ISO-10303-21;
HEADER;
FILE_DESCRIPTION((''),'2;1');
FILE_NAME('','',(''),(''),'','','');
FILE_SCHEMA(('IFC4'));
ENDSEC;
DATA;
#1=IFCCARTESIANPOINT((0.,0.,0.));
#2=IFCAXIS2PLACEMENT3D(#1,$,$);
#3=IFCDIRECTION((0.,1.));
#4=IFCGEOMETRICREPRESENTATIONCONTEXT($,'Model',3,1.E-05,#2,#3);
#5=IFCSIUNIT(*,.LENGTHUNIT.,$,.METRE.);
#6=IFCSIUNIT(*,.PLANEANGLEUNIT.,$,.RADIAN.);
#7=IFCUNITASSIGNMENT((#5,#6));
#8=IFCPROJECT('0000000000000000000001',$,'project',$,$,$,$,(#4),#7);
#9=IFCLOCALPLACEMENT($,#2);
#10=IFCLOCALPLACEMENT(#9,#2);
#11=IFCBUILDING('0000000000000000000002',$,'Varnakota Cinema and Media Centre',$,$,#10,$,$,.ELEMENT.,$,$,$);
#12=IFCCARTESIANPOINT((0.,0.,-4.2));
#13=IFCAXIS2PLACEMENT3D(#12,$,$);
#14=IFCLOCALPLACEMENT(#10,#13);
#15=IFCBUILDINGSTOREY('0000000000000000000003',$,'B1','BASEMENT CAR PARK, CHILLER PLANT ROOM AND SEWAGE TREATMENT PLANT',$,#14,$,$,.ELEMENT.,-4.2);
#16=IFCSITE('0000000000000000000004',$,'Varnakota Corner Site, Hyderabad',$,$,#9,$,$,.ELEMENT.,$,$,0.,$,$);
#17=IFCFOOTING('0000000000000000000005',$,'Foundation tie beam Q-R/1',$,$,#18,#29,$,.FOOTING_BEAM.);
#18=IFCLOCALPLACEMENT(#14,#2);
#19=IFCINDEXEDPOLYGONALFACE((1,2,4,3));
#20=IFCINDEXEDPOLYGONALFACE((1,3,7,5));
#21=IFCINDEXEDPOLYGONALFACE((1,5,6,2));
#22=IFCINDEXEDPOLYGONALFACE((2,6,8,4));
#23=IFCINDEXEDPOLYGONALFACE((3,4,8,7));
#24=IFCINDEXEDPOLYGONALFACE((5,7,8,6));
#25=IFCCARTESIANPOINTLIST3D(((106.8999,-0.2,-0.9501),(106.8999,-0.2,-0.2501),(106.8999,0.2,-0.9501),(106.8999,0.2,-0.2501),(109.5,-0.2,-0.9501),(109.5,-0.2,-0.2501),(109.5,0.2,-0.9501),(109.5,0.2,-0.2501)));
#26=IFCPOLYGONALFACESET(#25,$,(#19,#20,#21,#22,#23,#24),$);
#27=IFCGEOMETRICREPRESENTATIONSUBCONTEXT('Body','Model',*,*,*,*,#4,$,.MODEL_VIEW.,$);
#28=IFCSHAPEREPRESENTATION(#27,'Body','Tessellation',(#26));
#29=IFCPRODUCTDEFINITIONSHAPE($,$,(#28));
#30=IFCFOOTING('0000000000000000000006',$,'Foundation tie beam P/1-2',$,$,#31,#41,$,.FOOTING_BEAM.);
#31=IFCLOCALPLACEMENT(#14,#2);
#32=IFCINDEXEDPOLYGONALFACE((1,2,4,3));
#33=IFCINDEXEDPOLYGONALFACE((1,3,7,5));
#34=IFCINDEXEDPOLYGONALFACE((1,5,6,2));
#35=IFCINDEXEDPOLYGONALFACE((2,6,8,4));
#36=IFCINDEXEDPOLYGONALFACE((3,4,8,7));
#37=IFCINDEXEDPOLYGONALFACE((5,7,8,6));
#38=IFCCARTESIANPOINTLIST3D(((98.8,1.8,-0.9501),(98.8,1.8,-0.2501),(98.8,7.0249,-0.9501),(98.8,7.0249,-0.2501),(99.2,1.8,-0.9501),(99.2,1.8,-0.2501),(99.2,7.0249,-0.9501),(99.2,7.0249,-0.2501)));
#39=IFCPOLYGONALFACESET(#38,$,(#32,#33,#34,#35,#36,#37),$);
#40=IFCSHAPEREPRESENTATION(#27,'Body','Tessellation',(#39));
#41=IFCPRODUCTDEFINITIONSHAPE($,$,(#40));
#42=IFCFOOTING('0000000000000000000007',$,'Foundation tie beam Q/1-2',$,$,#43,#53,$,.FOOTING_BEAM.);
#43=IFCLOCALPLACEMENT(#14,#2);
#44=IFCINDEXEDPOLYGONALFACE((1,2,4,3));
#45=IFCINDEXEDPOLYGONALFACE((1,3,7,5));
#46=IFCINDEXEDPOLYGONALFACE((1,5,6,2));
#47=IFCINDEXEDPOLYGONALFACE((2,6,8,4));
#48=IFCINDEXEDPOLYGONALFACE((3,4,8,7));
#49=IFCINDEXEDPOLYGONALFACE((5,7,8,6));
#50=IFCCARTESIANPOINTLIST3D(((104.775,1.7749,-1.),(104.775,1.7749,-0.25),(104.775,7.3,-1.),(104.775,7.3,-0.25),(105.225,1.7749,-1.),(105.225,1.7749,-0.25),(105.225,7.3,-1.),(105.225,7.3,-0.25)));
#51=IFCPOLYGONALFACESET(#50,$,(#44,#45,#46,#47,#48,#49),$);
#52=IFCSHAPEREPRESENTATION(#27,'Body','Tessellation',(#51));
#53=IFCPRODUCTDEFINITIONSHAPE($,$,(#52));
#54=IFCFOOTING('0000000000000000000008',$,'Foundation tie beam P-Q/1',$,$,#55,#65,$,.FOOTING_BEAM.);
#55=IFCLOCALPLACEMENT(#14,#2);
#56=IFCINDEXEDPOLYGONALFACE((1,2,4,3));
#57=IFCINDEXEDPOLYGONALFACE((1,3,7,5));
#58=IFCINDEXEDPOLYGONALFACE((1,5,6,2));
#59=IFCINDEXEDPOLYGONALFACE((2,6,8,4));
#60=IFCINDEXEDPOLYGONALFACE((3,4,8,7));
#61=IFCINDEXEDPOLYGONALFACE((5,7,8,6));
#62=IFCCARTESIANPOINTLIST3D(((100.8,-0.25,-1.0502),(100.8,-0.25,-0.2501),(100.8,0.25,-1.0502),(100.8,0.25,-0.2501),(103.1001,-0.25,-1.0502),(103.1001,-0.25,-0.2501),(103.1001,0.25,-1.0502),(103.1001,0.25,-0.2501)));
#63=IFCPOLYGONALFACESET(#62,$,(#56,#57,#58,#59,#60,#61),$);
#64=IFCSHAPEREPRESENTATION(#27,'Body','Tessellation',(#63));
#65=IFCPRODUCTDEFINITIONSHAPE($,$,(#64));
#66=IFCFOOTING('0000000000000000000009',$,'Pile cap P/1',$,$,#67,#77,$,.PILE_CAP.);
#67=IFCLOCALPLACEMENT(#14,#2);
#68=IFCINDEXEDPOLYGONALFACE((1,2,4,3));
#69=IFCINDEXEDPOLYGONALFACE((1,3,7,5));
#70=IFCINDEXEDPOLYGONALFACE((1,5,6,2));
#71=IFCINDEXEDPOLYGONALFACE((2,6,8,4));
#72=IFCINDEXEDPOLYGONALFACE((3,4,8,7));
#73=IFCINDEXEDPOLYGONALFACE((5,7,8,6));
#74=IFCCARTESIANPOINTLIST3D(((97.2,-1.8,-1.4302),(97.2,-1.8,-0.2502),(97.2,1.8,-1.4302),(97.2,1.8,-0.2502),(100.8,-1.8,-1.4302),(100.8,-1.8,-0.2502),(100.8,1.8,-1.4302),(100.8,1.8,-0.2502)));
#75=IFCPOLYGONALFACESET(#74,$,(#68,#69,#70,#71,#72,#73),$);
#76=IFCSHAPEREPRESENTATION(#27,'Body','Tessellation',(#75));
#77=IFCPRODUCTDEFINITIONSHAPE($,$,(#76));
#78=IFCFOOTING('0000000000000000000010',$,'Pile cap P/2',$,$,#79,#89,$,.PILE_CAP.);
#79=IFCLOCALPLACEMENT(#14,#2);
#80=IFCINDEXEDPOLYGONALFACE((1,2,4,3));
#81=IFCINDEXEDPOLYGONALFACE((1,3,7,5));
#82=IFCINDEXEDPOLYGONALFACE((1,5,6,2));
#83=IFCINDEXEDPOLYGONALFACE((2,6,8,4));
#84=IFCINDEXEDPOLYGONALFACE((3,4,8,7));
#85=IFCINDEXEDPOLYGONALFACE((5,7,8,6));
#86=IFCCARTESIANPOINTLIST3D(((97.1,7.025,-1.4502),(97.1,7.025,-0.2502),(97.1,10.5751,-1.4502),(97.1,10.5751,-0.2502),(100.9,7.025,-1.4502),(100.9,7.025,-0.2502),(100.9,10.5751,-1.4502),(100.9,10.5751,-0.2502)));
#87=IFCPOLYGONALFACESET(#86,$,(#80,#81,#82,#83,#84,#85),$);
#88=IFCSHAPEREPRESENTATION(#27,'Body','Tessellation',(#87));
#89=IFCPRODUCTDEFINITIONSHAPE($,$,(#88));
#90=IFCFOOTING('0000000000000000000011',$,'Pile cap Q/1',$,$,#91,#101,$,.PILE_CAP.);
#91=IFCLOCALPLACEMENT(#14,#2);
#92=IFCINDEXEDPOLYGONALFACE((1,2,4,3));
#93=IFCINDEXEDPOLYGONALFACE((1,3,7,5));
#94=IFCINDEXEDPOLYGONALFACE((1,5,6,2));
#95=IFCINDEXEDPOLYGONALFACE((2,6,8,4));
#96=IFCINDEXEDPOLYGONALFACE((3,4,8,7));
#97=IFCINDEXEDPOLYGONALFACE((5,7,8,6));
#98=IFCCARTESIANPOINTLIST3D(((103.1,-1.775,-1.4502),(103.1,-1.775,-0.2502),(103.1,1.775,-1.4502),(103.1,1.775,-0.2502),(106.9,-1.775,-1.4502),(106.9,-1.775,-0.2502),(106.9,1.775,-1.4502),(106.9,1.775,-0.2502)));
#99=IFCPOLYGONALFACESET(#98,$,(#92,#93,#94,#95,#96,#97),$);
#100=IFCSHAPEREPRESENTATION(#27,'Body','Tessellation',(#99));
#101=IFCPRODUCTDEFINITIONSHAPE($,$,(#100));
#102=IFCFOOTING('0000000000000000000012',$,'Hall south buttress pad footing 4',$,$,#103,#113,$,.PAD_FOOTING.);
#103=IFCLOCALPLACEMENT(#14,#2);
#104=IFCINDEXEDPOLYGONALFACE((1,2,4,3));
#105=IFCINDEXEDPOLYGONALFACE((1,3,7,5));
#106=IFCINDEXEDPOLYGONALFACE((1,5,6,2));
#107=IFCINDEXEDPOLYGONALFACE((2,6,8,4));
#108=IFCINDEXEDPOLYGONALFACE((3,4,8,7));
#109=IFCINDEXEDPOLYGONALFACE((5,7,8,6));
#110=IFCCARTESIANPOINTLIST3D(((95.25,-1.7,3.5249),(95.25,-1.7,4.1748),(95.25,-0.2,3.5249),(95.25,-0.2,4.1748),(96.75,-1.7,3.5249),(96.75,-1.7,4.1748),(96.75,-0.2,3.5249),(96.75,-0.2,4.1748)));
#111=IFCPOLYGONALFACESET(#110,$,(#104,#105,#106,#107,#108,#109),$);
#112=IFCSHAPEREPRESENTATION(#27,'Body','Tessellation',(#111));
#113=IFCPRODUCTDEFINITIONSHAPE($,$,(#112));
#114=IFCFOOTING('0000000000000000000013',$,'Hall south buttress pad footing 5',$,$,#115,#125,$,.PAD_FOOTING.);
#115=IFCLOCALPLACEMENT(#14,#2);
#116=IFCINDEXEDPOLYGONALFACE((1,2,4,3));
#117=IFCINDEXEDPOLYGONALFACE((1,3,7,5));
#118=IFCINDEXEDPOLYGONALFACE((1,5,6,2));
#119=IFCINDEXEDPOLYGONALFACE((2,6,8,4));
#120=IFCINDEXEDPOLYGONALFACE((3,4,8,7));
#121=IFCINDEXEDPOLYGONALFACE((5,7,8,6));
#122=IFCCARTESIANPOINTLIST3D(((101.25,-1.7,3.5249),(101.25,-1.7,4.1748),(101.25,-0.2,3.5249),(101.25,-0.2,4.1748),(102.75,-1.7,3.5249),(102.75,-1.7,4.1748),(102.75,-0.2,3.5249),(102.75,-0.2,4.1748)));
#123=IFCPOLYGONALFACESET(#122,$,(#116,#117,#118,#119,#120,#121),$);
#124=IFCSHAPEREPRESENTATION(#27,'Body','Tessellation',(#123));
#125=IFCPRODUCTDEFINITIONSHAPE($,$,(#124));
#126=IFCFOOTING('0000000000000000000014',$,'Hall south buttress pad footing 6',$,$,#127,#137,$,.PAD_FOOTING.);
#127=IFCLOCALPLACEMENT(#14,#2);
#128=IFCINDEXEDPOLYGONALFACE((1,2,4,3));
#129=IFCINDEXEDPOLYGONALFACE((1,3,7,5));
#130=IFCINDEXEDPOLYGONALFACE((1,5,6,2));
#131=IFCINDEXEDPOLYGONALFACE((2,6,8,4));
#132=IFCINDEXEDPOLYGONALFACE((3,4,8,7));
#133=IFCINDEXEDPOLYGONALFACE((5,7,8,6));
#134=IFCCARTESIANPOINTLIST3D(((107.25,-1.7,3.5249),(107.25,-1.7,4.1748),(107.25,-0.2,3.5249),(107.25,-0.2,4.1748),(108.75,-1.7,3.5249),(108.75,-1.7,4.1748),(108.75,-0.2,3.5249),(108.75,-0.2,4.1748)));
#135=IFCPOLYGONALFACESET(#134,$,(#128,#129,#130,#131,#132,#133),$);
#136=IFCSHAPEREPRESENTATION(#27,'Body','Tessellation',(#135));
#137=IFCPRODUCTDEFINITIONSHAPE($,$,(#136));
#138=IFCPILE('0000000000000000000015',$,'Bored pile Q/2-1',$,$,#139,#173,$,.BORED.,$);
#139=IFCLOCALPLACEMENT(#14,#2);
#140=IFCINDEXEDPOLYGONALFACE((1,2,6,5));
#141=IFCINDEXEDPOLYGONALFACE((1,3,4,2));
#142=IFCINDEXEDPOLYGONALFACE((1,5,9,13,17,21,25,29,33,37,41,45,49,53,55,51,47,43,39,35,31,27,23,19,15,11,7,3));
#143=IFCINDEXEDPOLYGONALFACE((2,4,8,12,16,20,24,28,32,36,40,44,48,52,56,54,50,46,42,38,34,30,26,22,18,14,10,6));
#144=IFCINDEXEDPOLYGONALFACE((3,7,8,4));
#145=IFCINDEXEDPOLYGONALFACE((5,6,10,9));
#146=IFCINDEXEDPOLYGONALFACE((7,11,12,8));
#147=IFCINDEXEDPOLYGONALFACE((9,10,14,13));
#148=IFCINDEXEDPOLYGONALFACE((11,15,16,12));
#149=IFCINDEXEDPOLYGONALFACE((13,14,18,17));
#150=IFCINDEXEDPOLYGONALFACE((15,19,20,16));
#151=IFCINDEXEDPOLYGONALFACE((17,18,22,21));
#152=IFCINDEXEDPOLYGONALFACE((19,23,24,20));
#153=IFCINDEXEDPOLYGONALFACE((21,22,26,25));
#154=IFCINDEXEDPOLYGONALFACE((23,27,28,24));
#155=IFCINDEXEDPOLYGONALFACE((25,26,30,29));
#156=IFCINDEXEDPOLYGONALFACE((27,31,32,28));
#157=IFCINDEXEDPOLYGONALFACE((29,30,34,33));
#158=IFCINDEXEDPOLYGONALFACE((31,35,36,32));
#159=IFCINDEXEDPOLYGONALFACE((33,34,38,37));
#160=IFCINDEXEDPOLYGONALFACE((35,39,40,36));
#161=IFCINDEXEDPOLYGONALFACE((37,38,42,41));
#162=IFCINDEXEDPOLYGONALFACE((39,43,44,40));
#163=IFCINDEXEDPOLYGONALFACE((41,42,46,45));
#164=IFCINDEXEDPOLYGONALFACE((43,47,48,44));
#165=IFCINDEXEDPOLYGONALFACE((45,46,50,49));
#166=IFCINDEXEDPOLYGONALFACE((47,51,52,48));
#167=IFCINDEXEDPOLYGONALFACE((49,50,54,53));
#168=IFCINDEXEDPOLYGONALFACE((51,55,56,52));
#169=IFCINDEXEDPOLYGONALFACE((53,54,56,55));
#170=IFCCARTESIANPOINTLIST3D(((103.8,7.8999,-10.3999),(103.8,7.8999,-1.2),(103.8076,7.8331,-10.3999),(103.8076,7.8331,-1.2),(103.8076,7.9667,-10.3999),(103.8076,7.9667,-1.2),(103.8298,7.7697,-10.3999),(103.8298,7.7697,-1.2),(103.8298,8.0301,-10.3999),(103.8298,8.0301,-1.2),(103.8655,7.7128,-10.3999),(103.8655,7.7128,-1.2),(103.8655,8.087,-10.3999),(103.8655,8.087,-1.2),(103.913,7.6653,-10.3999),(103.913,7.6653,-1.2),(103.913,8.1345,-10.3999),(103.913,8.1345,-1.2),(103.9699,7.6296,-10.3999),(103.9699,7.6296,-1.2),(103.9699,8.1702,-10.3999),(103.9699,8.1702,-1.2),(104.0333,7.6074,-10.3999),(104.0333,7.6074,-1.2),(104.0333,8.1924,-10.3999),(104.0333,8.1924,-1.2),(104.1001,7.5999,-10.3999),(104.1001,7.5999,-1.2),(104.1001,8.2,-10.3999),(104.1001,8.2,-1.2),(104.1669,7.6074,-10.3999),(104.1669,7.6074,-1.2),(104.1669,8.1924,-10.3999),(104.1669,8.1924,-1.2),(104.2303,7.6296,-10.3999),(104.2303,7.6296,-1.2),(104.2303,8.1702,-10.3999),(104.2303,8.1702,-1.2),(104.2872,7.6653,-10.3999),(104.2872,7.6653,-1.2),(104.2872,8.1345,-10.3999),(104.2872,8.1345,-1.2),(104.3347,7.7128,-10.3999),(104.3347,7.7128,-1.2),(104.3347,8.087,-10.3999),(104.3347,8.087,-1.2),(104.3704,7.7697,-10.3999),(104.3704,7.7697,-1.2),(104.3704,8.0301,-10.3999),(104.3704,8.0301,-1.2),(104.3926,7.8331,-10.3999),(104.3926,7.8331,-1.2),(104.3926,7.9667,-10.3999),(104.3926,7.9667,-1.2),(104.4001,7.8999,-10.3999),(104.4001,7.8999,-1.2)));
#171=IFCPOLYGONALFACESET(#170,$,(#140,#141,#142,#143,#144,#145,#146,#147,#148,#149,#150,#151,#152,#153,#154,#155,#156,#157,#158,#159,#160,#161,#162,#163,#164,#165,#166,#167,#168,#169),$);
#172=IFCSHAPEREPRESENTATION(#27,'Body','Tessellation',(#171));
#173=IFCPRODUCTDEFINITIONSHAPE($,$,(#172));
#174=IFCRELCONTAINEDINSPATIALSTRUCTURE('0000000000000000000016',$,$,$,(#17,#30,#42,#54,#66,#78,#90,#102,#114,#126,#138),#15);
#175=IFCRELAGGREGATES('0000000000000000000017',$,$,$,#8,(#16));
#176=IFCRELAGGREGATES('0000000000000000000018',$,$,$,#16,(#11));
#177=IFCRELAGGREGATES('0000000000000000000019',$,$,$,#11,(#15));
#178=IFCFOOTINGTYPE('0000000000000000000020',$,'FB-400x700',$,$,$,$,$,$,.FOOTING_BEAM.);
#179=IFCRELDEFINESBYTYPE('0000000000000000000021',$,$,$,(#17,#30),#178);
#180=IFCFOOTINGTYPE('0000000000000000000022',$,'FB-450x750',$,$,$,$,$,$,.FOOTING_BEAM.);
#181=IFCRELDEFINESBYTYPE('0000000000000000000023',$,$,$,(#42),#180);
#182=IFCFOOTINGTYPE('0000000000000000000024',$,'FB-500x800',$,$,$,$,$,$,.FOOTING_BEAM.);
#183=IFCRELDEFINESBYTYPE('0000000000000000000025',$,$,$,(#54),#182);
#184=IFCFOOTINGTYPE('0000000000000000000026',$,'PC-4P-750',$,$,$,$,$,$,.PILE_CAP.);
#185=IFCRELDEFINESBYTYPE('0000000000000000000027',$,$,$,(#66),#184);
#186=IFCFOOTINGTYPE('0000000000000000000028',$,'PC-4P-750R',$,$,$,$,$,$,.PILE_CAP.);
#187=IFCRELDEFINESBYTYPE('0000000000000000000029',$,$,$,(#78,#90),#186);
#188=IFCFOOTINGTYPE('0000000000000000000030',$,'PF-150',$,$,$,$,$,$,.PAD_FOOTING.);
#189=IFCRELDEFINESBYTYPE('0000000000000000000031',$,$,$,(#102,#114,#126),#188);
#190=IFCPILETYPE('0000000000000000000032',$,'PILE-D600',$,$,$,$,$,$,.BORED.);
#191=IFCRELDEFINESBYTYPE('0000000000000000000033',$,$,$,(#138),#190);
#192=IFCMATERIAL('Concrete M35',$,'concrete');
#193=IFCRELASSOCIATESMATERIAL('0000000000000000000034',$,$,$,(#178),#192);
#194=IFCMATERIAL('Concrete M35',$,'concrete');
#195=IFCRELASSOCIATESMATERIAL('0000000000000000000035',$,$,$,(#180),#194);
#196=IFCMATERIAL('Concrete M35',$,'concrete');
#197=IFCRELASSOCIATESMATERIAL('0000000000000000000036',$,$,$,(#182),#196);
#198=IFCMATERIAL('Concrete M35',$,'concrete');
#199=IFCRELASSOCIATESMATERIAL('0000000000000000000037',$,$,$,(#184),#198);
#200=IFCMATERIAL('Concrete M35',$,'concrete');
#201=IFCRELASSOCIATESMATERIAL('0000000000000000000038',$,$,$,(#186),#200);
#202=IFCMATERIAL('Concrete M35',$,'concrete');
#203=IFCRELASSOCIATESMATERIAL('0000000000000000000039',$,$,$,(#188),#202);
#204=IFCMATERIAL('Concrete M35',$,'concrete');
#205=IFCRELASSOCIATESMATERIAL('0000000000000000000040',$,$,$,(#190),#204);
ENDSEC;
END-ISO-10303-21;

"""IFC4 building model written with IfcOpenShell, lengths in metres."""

from ifc_helpers import new_model, si_unit, direction, frame, origin, origin_2d, place, context, subcontext, project, spatial, rectangle, circle, extrude, material, material_profile, profile_set, type_object, element, save


model = new_model("IFC4")

# Units and contexts
model_context = context("Model", 3, precision=1e-05, world=origin(), true_north=direction((0.0, 1.0)))
body_context = subcontext(model_context, "Body", "Model", "MODEL_VIEW")
ifc_project = project(units=[si_unit("LENGTHUNIT", "METRE"), si_unit("PLANEANGLEUNIT", "RADIAN")], contexts=[model_context])

# Site, building, storey
site_placement = place(None, origin())
site = spatial("IfcSite", under=ifc_project, at=site_placement, Name="Varnakota Corner Site, Hyderabad", CompositionType="ELEMENT", RefElevation=0.0)
building_placement = place(site_placement, origin())
building = spatial("IfcBuilding", under=site, at=building_placement, Name="Varnakota Cinema and Media Centre", CompositionType="ELEMENT")
storey_placement = place(building_placement, frame((0.0, 0.0, -4.2)))
storey = spatial("IfcBuildingStorey", under=building, at=storey_placement, Name="B1", Description="BASEMENT CAR PARK, CHILLER PLANT ROOM AND SEWAGE TREATMENT PLANT", CompositionType="ELEMENT", Elevation=-4.2)

# Footings
ifc_material_1 = material(Name="Concrete M35", Category="concrete")
ifc_material_profile_1 = material_profile(ifc_material_1, rectangle(XDim=0.3999, YDim=0.7, at=origin_2d()), Name="FB 400x700")
ifc_profile_set_1 = profile_set([ifc_material_profile_1], Name="Concrete M35")
footing_type_1 = type_object("IfcFootingType", Name="FB-400x700", PredefinedType="FOOTING_BEAM", material=ifc_profile_set_1)
footing_1_placement = place(storey_placement, frame((106.8999, 0.0, -0.6001), z_axis=(1.0, 0.0, 0.0), x_axis=(0.0, 1.0, 0.0)))
element("IfcFooting", 1, at=footing_1_placement, inside=storey, type_object=footing_type_1, Name="Foundation tie beam Q-R/1", PredefinedType="FOOTING_BEAM", context=body_context, shape_type="SweptSolid", body=[
    extrude(rectangle(XDim=0.3999, YDim=0.7, at=origin_2d()), origin(), (0.0, 0.0, 1.0), 2.6001),
])
footing_2_placement = place(storey_placement, frame((99.0, 1.8, -0.6001), z_axis=(0.0, 1.0, 0.0), x_axis=(-1.0, 0.0, 0.0)))
element("IfcFooting", 2, at=footing_2_placement, inside=storey, type_object=footing_type_1, Name="Foundation tie beam P/1-2", PredefinedType="FOOTING_BEAM", context=body_context, shape_type="SweptSolid", body=[
    extrude(rectangle(XDim=0.3999, YDim=0.7, at=origin_2d()), origin(), (0.0, 0.0, 1.0), 5.2249),
])
ifc_material_2 = material(Name="Concrete M35", Category="concrete")
ifc_material_profile_2 = material_profile(ifc_material_2, rectangle(XDim=0.45, YDim=0.75, at=origin_2d()), Name="FB 450x750")
ifc_profile_set_2 = profile_set([ifc_material_profile_2], Name="Concrete M35")
footing_type_2 = type_object("IfcFootingType", Name="FB-450x750", PredefinedType="FOOTING_BEAM", material=ifc_profile_set_2)
footing_3_placement = place(storey_placement, frame((105.0, 1.7749, -0.625), z_axis=(0.0, 1.0, 0.0), x_axis=(-1.0, 0.0, 0.0)))
element("IfcFooting", 3, at=footing_3_placement, inside=storey, type_object=footing_type_2, Name="Foundation tie beam Q/1-2", PredefinedType="FOOTING_BEAM", context=body_context, shape_type="SweptSolid", body=[
    extrude(rectangle(XDim=0.45, YDim=0.75, at=origin_2d()), origin(), (0.0, 0.0, 1.0), 5.5251),
])
ifc_material_3 = material(Name="Concrete M35", Category="concrete")
ifc_material_profile_3 = material_profile(ifc_material_3, rectangle(XDim=0.5, YDim=0.8, at=origin_2d()), Name="FB 500x800")
ifc_profile_set_3 = profile_set([ifc_material_profile_3], Name="Concrete M35")
footing_type_3 = type_object("IfcFootingType", Name="FB-500x800", PredefinedType="FOOTING_BEAM", material=ifc_profile_set_3)
footing_4_placement = place(storey_placement, frame((100.8, 0.0, -0.6501), z_axis=(1.0, 0.0, 0.0), x_axis=(0.0, 1.0, 0.0)))
element("IfcFooting", 4, at=footing_4_placement, inside=storey, type_object=footing_type_3, Name="Foundation tie beam P-Q/1", PredefinedType="FOOTING_BEAM", context=body_context, shape_type="SweptSolid", body=[
    extrude(rectangle(XDim=0.5, YDim=0.8, at=origin_2d()), origin(), (0.0, 0.0, 1.0), 2.3),
])
ifc_material_4 = material(Name="Concrete M35", Category="concrete")
footing_type_4 = type_object("IfcFootingType", Name="PC-4P-750", PredefinedType="PILE_CAP", material=ifc_material_4)
footing_5_placement = place(storey_placement, frame((99.0, 0.0, -1.4302), z_axis=(0.0, 0.0, 1.0), x_axis=(1.0, 0.0, 0.0)))
element("IfcFooting", 5, at=footing_5_placement, inside=storey, type_object=footing_type_4, Name="Pile cap P/1", PredefinedType="PILE_CAP", context=body_context, shape_type="SweptSolid", body=[
    extrude(rectangle(XDim=3.6001, YDim=3.6001, at=origin_2d()), origin(), (0.0, 0.0, 1.0), 1.1799),
])
ifc_material_5 = material(Name="Concrete M35", Category="concrete")
footing_type_5 = type_object("IfcFootingType", Name="PC-4P-750R", PredefinedType="PILE_CAP", material=ifc_material_5)
for number, where, z_axis, x_axis, name in (
    (6, (99.0, 8.8, -1.4502), (0.0, 0.0, 1.0), (1.0, 0.0, 0.0), "Pile cap P/2"),
    (7, (105.0, 0.0, -1.4502), (0.0, 0.0, 1.0), (1.0, 0.0, 0.0), "Pile cap Q/1"),
):
    element("IfcFooting", number, at=place(storey_placement, frame(where, z_axis=z_axis, x_axis=x_axis)), inside=storey, type_object=footing_type_5, Name=name, PredefinedType="PILE_CAP", context=body_context, shape_type="SweptSolid", body=[
        extrude(rectangle(XDim=3.8, YDim=3.55, at=origin_2d()), origin(), (0.0, 0.0, 1.0), 1.2),
    ])
ifc_material_6 = material(Name="Concrete M35", Category="concrete")
footing_type_6 = type_object("IfcFootingType", Name="PF-150", PredefinedType="PAD_FOOTING", material=ifc_material_6)
for number, where, z_axis, x_axis, name in (
    (8, (96.0, -0.95, 3.5249), (0.0, 0.0, 1.0), (1.0, 0.0, 0.0), "Hall south buttress pad footing 4"),
    (9, (102.0, -0.95, 3.5249), (0.0, 0.0, 1.0), (1.0, 0.0, 0.0), "Hall south buttress pad footing 5"),
    (10, (108.0, -0.95, 3.5249), (0.0, 0.0, 1.0), (1.0, 0.0, 0.0), "Hall south buttress pad footing 6"),
):
    element("IfcFooting", number, at=place(storey_placement, frame(where, z_axis=z_axis, x_axis=x_axis)), inside=storey, type_object=footing_type_6, Name=name, PredefinedType="PAD_FOOTING", context=body_context, shape_type="SweptSolid", body=[
        extrude(rectangle(XDim=1.5, YDim=1.5, at=origin_2d()), origin(), (0.0, 0.0, 1.0), 0.6499),
    ])

# Pile
ifc_material_7 = material(Name="Concrete M35", Category="concrete")
ifc_material_profile_4 = material_profile(ifc_material_7, circle(Radius=0.3, at=origin_2d()), Name="PILE D600")
ifc_profile_set_4 = profile_set([ifc_material_profile_4], Name="Concrete M35")
pile_type_1 = type_object("IfcPileType", Name="PILE-D600", PredefinedType="BORED", material=ifc_profile_set_4)
for number, where, z_axis, x_axis, name in (
    (11, (104.1001, 7.8999, -1.2), (0.0, 0.0, -1.0), (1.0, 0.0, 0.0), "Bored pile Q/2-1"),
):
    element("IfcPile", number, at=place(storey_placement, frame(where, z_axis=z_axis, x_axis=x_axis)), inside=storey, type_object=pile_type_1, Name=name, PredefinedType="BORED", context=body_context, shape_type="SweptSolid", body=[
        extrude(circle(Radius=0.3, at=origin_2d()), origin(), (0.0, 0.0, 1.0), 9.2),
    ])

save(model, "model.ifc")
